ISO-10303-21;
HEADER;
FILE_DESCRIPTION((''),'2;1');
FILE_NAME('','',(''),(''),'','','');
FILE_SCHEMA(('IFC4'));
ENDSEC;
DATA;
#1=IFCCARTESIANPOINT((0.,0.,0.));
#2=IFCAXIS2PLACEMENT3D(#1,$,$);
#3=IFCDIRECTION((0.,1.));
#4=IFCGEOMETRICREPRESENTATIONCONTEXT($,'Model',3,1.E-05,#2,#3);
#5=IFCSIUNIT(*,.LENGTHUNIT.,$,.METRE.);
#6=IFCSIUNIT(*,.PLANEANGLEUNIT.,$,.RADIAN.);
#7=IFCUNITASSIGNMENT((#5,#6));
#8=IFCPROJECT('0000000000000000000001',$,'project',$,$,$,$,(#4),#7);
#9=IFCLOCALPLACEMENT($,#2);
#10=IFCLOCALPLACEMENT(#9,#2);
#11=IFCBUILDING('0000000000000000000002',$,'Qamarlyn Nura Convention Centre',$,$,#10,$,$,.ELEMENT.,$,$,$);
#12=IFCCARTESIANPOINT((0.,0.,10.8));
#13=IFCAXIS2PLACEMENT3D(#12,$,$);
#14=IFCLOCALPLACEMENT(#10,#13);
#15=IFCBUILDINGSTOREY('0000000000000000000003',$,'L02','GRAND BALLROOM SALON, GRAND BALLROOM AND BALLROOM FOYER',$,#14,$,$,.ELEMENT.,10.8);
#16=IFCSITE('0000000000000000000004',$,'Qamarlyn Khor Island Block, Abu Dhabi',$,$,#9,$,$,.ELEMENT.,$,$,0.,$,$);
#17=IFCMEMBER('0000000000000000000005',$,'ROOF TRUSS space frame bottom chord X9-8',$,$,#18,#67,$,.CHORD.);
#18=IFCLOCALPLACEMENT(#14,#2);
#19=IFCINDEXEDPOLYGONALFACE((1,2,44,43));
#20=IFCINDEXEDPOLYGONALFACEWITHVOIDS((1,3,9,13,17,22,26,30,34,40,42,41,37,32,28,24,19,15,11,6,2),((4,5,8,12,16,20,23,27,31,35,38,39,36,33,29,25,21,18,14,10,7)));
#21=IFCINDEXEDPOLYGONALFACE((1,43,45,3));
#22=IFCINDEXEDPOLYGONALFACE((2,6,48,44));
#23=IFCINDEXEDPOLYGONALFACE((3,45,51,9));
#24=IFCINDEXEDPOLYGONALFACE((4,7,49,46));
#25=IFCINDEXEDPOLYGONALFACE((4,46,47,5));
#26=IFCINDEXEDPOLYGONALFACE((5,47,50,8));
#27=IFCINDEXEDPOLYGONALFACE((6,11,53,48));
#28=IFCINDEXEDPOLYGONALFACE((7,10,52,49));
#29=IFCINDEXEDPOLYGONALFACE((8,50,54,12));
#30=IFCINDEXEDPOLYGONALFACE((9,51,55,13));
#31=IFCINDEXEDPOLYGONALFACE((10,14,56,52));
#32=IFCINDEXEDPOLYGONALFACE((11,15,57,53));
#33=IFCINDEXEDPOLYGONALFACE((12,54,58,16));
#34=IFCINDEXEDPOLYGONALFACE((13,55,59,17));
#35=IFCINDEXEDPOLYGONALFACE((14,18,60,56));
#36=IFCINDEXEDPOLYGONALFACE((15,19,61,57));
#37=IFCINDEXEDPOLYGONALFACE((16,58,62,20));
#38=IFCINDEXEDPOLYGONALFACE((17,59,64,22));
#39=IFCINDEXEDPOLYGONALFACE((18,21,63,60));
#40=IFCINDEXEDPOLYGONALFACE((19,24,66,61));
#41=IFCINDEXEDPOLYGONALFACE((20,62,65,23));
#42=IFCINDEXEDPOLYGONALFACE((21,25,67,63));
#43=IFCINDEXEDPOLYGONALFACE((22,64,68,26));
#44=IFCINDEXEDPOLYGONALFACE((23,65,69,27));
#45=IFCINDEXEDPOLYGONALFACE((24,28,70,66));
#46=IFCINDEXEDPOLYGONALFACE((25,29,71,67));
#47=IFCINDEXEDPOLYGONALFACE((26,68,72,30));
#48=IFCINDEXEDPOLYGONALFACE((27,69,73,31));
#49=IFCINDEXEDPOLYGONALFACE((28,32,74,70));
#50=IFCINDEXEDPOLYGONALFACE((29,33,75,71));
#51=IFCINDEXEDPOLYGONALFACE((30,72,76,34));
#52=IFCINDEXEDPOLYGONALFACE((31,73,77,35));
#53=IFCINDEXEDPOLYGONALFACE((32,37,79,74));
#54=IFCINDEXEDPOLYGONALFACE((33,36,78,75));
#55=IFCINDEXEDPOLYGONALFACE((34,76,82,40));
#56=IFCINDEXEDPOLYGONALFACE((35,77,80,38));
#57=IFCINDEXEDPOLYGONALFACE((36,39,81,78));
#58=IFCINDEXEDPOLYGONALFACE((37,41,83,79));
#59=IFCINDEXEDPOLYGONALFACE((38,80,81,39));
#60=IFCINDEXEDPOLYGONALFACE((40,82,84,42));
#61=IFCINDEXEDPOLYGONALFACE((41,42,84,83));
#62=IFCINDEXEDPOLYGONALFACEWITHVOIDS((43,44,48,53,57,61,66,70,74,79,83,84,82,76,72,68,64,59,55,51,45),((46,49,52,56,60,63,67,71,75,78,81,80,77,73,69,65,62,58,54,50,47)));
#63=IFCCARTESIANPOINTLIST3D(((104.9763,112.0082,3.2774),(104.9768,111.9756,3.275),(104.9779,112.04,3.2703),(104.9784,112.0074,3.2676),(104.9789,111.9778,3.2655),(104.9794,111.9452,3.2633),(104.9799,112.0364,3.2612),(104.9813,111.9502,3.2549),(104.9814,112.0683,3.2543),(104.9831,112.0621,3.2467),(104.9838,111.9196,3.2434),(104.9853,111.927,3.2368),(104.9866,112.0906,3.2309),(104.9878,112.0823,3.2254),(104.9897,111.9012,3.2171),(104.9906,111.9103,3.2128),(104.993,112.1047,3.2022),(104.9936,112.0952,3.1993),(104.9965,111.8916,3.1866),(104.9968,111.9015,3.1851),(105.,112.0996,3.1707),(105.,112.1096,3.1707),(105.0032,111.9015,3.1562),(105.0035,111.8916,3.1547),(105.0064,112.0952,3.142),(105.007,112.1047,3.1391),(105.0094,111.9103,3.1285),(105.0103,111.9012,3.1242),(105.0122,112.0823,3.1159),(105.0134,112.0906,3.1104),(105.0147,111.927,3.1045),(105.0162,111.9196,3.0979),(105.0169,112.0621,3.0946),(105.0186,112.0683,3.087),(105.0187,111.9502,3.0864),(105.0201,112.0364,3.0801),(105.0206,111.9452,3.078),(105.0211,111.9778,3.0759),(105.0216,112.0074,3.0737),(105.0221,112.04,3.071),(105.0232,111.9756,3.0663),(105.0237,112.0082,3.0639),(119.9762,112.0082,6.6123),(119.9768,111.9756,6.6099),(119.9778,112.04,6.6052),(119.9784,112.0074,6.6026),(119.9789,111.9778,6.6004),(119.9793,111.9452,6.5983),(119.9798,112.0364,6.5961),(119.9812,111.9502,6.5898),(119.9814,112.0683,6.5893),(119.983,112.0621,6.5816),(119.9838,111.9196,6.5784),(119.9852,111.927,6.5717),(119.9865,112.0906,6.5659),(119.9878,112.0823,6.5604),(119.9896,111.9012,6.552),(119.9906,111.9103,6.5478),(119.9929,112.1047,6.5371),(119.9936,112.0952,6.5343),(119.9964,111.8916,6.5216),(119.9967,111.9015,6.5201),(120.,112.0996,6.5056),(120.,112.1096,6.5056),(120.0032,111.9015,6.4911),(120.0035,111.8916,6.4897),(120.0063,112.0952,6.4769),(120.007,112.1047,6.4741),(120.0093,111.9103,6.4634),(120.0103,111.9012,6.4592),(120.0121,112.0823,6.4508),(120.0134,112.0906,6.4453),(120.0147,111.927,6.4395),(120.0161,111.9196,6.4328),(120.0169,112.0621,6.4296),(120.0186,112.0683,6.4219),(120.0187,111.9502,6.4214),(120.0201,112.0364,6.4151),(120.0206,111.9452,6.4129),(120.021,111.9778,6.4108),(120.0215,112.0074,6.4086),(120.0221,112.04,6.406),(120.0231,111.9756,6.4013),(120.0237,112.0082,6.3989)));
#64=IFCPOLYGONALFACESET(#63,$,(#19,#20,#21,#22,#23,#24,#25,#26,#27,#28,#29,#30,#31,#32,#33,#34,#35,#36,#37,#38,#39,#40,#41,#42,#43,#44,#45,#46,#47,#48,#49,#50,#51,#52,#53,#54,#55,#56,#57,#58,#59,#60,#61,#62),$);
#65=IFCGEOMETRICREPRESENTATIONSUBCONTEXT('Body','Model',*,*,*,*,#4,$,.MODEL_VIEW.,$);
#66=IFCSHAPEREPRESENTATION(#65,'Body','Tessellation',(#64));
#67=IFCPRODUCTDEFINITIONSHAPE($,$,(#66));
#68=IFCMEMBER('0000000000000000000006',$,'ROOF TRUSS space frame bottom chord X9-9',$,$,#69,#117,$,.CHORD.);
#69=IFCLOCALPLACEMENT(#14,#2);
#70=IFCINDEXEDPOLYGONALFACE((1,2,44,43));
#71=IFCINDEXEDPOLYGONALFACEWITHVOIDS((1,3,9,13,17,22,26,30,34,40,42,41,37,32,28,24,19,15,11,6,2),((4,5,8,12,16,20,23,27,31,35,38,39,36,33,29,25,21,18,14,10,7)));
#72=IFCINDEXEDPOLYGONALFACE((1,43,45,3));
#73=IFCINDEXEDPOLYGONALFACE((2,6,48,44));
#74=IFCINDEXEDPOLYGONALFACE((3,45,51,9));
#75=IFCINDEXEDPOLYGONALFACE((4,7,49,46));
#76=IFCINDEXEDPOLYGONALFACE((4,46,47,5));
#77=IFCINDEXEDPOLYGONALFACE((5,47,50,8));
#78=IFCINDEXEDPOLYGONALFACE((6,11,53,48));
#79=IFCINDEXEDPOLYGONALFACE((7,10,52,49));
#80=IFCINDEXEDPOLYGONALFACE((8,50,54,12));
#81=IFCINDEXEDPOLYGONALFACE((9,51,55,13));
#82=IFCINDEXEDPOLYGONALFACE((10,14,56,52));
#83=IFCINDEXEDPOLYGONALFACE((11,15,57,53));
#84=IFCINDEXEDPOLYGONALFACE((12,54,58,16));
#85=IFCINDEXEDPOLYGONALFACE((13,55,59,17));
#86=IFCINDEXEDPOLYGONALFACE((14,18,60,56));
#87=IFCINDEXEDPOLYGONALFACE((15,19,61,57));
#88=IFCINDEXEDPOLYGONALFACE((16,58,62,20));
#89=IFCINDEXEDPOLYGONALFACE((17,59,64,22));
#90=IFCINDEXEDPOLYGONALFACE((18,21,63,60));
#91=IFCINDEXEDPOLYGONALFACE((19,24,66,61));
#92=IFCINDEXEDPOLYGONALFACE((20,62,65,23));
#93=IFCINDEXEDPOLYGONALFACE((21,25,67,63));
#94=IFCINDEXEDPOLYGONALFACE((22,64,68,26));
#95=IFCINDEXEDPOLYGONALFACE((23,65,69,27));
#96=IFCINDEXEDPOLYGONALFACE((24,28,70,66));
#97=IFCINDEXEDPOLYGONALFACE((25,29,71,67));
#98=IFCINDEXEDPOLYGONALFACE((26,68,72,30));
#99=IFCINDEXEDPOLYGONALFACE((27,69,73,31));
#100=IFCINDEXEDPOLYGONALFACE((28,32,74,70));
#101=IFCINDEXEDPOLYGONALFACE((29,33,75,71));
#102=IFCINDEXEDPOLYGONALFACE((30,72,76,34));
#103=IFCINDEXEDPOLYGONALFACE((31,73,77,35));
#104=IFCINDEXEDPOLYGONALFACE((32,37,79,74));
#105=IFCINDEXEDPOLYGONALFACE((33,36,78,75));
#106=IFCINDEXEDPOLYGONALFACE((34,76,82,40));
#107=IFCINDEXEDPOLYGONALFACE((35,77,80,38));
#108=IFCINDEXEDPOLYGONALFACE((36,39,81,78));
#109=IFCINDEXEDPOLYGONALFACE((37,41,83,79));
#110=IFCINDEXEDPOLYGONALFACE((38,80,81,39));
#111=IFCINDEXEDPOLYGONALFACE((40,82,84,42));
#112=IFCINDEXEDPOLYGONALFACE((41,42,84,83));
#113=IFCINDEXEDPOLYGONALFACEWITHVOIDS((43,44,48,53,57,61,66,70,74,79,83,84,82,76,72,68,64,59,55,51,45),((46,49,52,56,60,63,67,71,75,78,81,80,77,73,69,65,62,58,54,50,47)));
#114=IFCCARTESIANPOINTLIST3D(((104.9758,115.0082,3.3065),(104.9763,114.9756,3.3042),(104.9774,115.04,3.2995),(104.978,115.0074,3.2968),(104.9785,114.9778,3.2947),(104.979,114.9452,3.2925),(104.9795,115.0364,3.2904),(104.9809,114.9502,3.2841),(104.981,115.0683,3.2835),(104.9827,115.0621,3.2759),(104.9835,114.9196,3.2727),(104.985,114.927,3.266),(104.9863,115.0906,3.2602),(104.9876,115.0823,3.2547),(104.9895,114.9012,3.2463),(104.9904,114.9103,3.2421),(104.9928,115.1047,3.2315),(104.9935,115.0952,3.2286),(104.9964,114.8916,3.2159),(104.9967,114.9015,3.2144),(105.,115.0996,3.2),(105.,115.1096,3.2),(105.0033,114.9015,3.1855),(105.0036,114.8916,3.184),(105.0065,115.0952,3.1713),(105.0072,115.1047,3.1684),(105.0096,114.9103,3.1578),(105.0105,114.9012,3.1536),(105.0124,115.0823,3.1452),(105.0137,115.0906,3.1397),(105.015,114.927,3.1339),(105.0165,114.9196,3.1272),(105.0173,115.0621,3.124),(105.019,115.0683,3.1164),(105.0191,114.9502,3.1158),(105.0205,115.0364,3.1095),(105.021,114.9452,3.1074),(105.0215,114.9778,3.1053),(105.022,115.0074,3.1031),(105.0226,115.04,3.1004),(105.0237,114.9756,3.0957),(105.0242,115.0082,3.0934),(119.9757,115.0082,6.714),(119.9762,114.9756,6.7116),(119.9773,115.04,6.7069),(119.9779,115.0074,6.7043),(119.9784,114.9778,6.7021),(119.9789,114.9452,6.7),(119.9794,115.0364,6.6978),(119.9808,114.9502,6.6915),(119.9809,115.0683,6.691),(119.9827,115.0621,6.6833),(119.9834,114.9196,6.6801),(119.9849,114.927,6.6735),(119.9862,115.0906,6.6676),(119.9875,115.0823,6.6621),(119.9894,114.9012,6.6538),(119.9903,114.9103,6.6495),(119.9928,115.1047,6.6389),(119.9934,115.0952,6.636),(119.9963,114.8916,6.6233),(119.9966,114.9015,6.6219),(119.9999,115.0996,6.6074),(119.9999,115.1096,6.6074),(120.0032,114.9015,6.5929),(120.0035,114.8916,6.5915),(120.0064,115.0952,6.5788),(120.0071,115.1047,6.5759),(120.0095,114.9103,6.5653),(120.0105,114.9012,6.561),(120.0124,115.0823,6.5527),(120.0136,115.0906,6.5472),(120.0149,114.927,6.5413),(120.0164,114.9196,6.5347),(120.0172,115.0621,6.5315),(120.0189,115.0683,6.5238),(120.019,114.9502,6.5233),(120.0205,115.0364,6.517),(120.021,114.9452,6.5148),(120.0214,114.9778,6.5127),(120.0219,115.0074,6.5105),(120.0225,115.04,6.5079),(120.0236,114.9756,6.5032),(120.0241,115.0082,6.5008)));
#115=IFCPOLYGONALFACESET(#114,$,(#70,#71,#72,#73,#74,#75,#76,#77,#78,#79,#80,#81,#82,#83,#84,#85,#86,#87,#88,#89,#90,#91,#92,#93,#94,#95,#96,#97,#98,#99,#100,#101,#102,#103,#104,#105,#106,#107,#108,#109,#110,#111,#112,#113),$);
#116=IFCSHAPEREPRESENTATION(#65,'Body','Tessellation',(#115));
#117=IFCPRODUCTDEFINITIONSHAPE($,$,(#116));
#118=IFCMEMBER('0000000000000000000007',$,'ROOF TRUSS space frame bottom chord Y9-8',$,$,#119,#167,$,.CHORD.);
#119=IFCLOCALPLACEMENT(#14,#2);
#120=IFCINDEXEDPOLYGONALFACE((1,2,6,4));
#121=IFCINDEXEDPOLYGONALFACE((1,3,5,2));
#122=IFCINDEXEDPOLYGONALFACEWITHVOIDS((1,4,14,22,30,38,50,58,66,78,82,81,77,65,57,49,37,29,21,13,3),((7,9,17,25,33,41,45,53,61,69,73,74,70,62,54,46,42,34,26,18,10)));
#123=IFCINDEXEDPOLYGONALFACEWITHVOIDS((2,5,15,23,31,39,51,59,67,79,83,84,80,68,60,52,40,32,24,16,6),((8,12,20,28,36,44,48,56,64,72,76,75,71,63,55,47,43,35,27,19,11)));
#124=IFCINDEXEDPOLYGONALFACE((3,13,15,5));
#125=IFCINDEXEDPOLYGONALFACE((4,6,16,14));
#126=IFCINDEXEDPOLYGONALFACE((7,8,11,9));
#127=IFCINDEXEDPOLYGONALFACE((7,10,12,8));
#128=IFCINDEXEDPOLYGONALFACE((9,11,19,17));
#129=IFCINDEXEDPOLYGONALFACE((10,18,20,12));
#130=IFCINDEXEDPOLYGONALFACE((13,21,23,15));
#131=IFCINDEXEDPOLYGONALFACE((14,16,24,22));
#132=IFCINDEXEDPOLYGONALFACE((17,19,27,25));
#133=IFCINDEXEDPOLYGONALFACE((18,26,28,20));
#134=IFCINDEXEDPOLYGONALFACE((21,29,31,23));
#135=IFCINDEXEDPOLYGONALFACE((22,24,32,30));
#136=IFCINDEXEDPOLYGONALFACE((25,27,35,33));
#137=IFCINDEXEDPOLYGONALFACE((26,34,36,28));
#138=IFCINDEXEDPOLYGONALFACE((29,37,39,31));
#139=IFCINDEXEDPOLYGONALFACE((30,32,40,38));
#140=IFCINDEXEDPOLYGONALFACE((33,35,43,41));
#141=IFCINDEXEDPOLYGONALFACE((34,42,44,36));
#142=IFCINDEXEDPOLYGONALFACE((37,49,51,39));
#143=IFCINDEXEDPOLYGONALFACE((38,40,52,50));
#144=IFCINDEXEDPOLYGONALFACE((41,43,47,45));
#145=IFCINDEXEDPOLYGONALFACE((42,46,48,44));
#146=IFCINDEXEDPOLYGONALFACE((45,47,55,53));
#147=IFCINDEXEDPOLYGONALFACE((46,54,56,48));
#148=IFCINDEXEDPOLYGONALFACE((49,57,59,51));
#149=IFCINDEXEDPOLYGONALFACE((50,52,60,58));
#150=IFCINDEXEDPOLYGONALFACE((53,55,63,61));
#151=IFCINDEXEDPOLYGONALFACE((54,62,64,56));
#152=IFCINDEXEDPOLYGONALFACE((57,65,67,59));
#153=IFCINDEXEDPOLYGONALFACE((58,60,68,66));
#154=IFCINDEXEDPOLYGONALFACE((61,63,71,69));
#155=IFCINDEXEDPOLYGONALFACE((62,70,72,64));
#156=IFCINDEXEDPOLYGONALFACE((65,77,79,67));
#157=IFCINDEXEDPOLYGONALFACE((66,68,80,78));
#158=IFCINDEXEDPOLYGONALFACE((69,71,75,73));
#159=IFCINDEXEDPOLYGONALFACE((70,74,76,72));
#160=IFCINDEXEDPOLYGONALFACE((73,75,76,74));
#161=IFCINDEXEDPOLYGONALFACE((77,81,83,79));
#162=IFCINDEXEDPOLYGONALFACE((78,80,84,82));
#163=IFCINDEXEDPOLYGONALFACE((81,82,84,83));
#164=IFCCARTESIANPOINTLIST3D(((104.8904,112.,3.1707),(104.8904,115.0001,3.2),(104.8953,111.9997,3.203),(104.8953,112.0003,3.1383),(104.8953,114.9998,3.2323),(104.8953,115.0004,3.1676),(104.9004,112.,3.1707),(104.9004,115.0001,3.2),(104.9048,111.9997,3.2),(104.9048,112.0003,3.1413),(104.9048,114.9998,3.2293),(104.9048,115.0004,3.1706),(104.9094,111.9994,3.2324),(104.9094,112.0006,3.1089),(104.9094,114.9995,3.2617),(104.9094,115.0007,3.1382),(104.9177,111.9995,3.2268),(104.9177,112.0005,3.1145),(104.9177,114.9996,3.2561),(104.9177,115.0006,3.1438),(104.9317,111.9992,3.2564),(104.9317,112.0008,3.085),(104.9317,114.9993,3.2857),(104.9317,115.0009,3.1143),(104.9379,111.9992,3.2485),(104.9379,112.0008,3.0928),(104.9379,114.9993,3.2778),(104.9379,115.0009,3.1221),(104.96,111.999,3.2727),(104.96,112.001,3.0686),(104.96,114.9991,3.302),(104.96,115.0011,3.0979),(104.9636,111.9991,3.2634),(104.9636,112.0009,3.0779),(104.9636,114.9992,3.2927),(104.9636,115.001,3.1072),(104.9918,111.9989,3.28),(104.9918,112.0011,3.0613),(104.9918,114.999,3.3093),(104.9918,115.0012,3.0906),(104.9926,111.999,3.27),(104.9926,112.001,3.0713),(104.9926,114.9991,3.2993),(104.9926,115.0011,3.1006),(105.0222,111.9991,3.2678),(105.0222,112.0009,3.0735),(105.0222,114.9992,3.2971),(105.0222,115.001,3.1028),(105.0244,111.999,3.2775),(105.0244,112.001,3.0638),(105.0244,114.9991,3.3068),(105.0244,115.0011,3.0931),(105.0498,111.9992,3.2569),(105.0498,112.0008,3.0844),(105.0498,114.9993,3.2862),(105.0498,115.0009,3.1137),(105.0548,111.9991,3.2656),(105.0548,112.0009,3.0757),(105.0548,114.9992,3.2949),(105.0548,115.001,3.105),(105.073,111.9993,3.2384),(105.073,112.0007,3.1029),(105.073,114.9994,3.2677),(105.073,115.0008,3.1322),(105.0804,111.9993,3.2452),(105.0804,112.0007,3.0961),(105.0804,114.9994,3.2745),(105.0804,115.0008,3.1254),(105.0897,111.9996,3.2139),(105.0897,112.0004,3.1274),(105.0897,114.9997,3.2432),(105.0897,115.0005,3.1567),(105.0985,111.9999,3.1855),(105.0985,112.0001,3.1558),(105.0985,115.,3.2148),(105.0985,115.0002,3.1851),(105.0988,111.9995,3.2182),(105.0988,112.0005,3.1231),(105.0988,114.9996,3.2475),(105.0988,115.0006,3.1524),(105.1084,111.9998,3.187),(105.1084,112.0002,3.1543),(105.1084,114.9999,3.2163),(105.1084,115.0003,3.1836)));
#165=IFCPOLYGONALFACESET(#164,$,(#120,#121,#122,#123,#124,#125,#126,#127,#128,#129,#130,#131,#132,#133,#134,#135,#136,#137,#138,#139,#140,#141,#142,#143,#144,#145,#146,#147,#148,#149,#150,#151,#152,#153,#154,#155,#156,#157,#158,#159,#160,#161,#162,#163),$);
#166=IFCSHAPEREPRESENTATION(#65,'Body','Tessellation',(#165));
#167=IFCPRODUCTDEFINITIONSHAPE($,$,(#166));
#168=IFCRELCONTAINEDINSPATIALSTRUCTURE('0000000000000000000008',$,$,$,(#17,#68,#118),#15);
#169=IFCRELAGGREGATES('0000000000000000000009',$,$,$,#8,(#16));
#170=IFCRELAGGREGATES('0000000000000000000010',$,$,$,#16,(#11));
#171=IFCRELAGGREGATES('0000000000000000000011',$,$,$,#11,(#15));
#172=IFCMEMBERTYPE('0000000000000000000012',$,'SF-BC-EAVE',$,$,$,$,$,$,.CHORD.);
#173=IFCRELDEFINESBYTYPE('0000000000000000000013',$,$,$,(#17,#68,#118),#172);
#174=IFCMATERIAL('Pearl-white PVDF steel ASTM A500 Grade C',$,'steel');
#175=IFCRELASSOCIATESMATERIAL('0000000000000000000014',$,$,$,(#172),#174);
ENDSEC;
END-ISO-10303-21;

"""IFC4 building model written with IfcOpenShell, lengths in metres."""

from ifc_helpers import new_model, si_unit, direction, frame, origin, origin_2d, place, context, subcontext, project, spatial, hollow_circle, extrude, material, material_profile, profile_set, type_object, element, save


model = new_model("IFC4")

# Units and contexts
model_context = context("Model", 3, precision=1e-05, world=origin(), true_north=direction((0.0, 1.0)))
body_context = subcontext(model_context, "Body", "Model", "MODEL_VIEW")
ifc_project = project(units=[si_unit("LENGTHUNIT", "METRE"), si_unit("PLANEANGLEUNIT", "RADIAN")], contexts=[model_context])

# Site, building, storey
site_placement = place(None, origin())
site = spatial("IfcSite", under=ifc_project, at=site_placement, Name="Qamarlyn Khor Island Block, Abu Dhabi", CompositionType="ELEMENT", RefElevation=0.0)
building_placement = place(site_placement, origin())
building = spatial("IfcBuilding", under=site, at=building_placement, Name="Qamarlyn Nura Convention Centre", CompositionType="ELEMENT")
storey_placement = place(building_placement, frame((0.0, 0.0, 10.8)))
storey = spatial("IfcBuildingStorey", under=building, at=storey_placement, Name="L02", Description="GRAND BALLROOM SALON, GRAND BALLROOM AND BALLROOM FOYER", CompositionType="ELEMENT", Elevation=10.8)

# Members
ifc_material_1 = material(Name="Pearl-white PVDF steel ASTM A500 Grade C", Category="steel")
ifc_material_profile_1 = material_profile(ifc_material_1, hollow_circle(Radius=0.1096, WallThickness=0.01, at=origin_2d()), Name="CHS219.1X10")
ifc_profile_set_1 = profile_set([ifc_material_profile_1], Name="Pearl-white PVDF steel ASTM A500 Grade C")
member_type_1 = type_object("IfcMemberType", Name="SF-BC-EAVE", PredefinedType="CHORD", material=ifc_profile_set_1)
member_1_placement = place(storey_placement, frame((105.0, 112.0, 3.1707), z_axis=(0.976165, 0.0, 0.217031), x_axis=(0.0, 1.0, 0.0)))
element("IfcMember", 1, at=member_1_placement, inside=storey, type_object=member_type_1, Name="ROOF TRUSS space frame bottom chord X9-8", PredefinedType="CHORD", context=body_context, shape_type="SweptSolid", body=[
    extrude(hollow_circle(Radius=0.1096, WallThickness=0.01, at=origin_2d()), origin(), (0.0, 0.0, 1.0), 15.3662),
])
member_2_placement = place(storey_placement, frame((105.0, 115.0, 3.2), z_axis=(0.975156, 0.0, 0.221521), x_axis=(0.0, 1.0, 0.0)))
element("IfcMember", 2, at=member_2_placement, inside=storey, type_object=member_type_1, Name="ROOF TRUSS space frame bottom chord X9-9", PredefinedType="CHORD", context=body_context, shape_type="SweptSolid", body=[
    extrude(hollow_circle(Radius=0.1096, WallThickness=0.01, at=origin_2d()), origin(), (0.0, 0.0, 1.0), 15.3821),
])
member_3_placement = place(storey_placement, frame((105.0, 112.0, 3.1707), z_axis=(0.0, 0.999952, 0.009765), x_axis=(-1.0, 0.0, 0.0)))
element("IfcMember", 3, at=member_3_placement, inside=storey, type_object=member_type_1, Name="ROOF TRUSS space frame bottom chord Y9-8", PredefinedType="CHORD", context=body_context, shape_type="SweptSolid", body=[
    extrude(hollow_circle(Radius=0.1096, WallThickness=0.01, at=origin_2d()), origin(), (0.0, 0.0, 1.0), 3.0002),
])

save(model, "model.ifc")
